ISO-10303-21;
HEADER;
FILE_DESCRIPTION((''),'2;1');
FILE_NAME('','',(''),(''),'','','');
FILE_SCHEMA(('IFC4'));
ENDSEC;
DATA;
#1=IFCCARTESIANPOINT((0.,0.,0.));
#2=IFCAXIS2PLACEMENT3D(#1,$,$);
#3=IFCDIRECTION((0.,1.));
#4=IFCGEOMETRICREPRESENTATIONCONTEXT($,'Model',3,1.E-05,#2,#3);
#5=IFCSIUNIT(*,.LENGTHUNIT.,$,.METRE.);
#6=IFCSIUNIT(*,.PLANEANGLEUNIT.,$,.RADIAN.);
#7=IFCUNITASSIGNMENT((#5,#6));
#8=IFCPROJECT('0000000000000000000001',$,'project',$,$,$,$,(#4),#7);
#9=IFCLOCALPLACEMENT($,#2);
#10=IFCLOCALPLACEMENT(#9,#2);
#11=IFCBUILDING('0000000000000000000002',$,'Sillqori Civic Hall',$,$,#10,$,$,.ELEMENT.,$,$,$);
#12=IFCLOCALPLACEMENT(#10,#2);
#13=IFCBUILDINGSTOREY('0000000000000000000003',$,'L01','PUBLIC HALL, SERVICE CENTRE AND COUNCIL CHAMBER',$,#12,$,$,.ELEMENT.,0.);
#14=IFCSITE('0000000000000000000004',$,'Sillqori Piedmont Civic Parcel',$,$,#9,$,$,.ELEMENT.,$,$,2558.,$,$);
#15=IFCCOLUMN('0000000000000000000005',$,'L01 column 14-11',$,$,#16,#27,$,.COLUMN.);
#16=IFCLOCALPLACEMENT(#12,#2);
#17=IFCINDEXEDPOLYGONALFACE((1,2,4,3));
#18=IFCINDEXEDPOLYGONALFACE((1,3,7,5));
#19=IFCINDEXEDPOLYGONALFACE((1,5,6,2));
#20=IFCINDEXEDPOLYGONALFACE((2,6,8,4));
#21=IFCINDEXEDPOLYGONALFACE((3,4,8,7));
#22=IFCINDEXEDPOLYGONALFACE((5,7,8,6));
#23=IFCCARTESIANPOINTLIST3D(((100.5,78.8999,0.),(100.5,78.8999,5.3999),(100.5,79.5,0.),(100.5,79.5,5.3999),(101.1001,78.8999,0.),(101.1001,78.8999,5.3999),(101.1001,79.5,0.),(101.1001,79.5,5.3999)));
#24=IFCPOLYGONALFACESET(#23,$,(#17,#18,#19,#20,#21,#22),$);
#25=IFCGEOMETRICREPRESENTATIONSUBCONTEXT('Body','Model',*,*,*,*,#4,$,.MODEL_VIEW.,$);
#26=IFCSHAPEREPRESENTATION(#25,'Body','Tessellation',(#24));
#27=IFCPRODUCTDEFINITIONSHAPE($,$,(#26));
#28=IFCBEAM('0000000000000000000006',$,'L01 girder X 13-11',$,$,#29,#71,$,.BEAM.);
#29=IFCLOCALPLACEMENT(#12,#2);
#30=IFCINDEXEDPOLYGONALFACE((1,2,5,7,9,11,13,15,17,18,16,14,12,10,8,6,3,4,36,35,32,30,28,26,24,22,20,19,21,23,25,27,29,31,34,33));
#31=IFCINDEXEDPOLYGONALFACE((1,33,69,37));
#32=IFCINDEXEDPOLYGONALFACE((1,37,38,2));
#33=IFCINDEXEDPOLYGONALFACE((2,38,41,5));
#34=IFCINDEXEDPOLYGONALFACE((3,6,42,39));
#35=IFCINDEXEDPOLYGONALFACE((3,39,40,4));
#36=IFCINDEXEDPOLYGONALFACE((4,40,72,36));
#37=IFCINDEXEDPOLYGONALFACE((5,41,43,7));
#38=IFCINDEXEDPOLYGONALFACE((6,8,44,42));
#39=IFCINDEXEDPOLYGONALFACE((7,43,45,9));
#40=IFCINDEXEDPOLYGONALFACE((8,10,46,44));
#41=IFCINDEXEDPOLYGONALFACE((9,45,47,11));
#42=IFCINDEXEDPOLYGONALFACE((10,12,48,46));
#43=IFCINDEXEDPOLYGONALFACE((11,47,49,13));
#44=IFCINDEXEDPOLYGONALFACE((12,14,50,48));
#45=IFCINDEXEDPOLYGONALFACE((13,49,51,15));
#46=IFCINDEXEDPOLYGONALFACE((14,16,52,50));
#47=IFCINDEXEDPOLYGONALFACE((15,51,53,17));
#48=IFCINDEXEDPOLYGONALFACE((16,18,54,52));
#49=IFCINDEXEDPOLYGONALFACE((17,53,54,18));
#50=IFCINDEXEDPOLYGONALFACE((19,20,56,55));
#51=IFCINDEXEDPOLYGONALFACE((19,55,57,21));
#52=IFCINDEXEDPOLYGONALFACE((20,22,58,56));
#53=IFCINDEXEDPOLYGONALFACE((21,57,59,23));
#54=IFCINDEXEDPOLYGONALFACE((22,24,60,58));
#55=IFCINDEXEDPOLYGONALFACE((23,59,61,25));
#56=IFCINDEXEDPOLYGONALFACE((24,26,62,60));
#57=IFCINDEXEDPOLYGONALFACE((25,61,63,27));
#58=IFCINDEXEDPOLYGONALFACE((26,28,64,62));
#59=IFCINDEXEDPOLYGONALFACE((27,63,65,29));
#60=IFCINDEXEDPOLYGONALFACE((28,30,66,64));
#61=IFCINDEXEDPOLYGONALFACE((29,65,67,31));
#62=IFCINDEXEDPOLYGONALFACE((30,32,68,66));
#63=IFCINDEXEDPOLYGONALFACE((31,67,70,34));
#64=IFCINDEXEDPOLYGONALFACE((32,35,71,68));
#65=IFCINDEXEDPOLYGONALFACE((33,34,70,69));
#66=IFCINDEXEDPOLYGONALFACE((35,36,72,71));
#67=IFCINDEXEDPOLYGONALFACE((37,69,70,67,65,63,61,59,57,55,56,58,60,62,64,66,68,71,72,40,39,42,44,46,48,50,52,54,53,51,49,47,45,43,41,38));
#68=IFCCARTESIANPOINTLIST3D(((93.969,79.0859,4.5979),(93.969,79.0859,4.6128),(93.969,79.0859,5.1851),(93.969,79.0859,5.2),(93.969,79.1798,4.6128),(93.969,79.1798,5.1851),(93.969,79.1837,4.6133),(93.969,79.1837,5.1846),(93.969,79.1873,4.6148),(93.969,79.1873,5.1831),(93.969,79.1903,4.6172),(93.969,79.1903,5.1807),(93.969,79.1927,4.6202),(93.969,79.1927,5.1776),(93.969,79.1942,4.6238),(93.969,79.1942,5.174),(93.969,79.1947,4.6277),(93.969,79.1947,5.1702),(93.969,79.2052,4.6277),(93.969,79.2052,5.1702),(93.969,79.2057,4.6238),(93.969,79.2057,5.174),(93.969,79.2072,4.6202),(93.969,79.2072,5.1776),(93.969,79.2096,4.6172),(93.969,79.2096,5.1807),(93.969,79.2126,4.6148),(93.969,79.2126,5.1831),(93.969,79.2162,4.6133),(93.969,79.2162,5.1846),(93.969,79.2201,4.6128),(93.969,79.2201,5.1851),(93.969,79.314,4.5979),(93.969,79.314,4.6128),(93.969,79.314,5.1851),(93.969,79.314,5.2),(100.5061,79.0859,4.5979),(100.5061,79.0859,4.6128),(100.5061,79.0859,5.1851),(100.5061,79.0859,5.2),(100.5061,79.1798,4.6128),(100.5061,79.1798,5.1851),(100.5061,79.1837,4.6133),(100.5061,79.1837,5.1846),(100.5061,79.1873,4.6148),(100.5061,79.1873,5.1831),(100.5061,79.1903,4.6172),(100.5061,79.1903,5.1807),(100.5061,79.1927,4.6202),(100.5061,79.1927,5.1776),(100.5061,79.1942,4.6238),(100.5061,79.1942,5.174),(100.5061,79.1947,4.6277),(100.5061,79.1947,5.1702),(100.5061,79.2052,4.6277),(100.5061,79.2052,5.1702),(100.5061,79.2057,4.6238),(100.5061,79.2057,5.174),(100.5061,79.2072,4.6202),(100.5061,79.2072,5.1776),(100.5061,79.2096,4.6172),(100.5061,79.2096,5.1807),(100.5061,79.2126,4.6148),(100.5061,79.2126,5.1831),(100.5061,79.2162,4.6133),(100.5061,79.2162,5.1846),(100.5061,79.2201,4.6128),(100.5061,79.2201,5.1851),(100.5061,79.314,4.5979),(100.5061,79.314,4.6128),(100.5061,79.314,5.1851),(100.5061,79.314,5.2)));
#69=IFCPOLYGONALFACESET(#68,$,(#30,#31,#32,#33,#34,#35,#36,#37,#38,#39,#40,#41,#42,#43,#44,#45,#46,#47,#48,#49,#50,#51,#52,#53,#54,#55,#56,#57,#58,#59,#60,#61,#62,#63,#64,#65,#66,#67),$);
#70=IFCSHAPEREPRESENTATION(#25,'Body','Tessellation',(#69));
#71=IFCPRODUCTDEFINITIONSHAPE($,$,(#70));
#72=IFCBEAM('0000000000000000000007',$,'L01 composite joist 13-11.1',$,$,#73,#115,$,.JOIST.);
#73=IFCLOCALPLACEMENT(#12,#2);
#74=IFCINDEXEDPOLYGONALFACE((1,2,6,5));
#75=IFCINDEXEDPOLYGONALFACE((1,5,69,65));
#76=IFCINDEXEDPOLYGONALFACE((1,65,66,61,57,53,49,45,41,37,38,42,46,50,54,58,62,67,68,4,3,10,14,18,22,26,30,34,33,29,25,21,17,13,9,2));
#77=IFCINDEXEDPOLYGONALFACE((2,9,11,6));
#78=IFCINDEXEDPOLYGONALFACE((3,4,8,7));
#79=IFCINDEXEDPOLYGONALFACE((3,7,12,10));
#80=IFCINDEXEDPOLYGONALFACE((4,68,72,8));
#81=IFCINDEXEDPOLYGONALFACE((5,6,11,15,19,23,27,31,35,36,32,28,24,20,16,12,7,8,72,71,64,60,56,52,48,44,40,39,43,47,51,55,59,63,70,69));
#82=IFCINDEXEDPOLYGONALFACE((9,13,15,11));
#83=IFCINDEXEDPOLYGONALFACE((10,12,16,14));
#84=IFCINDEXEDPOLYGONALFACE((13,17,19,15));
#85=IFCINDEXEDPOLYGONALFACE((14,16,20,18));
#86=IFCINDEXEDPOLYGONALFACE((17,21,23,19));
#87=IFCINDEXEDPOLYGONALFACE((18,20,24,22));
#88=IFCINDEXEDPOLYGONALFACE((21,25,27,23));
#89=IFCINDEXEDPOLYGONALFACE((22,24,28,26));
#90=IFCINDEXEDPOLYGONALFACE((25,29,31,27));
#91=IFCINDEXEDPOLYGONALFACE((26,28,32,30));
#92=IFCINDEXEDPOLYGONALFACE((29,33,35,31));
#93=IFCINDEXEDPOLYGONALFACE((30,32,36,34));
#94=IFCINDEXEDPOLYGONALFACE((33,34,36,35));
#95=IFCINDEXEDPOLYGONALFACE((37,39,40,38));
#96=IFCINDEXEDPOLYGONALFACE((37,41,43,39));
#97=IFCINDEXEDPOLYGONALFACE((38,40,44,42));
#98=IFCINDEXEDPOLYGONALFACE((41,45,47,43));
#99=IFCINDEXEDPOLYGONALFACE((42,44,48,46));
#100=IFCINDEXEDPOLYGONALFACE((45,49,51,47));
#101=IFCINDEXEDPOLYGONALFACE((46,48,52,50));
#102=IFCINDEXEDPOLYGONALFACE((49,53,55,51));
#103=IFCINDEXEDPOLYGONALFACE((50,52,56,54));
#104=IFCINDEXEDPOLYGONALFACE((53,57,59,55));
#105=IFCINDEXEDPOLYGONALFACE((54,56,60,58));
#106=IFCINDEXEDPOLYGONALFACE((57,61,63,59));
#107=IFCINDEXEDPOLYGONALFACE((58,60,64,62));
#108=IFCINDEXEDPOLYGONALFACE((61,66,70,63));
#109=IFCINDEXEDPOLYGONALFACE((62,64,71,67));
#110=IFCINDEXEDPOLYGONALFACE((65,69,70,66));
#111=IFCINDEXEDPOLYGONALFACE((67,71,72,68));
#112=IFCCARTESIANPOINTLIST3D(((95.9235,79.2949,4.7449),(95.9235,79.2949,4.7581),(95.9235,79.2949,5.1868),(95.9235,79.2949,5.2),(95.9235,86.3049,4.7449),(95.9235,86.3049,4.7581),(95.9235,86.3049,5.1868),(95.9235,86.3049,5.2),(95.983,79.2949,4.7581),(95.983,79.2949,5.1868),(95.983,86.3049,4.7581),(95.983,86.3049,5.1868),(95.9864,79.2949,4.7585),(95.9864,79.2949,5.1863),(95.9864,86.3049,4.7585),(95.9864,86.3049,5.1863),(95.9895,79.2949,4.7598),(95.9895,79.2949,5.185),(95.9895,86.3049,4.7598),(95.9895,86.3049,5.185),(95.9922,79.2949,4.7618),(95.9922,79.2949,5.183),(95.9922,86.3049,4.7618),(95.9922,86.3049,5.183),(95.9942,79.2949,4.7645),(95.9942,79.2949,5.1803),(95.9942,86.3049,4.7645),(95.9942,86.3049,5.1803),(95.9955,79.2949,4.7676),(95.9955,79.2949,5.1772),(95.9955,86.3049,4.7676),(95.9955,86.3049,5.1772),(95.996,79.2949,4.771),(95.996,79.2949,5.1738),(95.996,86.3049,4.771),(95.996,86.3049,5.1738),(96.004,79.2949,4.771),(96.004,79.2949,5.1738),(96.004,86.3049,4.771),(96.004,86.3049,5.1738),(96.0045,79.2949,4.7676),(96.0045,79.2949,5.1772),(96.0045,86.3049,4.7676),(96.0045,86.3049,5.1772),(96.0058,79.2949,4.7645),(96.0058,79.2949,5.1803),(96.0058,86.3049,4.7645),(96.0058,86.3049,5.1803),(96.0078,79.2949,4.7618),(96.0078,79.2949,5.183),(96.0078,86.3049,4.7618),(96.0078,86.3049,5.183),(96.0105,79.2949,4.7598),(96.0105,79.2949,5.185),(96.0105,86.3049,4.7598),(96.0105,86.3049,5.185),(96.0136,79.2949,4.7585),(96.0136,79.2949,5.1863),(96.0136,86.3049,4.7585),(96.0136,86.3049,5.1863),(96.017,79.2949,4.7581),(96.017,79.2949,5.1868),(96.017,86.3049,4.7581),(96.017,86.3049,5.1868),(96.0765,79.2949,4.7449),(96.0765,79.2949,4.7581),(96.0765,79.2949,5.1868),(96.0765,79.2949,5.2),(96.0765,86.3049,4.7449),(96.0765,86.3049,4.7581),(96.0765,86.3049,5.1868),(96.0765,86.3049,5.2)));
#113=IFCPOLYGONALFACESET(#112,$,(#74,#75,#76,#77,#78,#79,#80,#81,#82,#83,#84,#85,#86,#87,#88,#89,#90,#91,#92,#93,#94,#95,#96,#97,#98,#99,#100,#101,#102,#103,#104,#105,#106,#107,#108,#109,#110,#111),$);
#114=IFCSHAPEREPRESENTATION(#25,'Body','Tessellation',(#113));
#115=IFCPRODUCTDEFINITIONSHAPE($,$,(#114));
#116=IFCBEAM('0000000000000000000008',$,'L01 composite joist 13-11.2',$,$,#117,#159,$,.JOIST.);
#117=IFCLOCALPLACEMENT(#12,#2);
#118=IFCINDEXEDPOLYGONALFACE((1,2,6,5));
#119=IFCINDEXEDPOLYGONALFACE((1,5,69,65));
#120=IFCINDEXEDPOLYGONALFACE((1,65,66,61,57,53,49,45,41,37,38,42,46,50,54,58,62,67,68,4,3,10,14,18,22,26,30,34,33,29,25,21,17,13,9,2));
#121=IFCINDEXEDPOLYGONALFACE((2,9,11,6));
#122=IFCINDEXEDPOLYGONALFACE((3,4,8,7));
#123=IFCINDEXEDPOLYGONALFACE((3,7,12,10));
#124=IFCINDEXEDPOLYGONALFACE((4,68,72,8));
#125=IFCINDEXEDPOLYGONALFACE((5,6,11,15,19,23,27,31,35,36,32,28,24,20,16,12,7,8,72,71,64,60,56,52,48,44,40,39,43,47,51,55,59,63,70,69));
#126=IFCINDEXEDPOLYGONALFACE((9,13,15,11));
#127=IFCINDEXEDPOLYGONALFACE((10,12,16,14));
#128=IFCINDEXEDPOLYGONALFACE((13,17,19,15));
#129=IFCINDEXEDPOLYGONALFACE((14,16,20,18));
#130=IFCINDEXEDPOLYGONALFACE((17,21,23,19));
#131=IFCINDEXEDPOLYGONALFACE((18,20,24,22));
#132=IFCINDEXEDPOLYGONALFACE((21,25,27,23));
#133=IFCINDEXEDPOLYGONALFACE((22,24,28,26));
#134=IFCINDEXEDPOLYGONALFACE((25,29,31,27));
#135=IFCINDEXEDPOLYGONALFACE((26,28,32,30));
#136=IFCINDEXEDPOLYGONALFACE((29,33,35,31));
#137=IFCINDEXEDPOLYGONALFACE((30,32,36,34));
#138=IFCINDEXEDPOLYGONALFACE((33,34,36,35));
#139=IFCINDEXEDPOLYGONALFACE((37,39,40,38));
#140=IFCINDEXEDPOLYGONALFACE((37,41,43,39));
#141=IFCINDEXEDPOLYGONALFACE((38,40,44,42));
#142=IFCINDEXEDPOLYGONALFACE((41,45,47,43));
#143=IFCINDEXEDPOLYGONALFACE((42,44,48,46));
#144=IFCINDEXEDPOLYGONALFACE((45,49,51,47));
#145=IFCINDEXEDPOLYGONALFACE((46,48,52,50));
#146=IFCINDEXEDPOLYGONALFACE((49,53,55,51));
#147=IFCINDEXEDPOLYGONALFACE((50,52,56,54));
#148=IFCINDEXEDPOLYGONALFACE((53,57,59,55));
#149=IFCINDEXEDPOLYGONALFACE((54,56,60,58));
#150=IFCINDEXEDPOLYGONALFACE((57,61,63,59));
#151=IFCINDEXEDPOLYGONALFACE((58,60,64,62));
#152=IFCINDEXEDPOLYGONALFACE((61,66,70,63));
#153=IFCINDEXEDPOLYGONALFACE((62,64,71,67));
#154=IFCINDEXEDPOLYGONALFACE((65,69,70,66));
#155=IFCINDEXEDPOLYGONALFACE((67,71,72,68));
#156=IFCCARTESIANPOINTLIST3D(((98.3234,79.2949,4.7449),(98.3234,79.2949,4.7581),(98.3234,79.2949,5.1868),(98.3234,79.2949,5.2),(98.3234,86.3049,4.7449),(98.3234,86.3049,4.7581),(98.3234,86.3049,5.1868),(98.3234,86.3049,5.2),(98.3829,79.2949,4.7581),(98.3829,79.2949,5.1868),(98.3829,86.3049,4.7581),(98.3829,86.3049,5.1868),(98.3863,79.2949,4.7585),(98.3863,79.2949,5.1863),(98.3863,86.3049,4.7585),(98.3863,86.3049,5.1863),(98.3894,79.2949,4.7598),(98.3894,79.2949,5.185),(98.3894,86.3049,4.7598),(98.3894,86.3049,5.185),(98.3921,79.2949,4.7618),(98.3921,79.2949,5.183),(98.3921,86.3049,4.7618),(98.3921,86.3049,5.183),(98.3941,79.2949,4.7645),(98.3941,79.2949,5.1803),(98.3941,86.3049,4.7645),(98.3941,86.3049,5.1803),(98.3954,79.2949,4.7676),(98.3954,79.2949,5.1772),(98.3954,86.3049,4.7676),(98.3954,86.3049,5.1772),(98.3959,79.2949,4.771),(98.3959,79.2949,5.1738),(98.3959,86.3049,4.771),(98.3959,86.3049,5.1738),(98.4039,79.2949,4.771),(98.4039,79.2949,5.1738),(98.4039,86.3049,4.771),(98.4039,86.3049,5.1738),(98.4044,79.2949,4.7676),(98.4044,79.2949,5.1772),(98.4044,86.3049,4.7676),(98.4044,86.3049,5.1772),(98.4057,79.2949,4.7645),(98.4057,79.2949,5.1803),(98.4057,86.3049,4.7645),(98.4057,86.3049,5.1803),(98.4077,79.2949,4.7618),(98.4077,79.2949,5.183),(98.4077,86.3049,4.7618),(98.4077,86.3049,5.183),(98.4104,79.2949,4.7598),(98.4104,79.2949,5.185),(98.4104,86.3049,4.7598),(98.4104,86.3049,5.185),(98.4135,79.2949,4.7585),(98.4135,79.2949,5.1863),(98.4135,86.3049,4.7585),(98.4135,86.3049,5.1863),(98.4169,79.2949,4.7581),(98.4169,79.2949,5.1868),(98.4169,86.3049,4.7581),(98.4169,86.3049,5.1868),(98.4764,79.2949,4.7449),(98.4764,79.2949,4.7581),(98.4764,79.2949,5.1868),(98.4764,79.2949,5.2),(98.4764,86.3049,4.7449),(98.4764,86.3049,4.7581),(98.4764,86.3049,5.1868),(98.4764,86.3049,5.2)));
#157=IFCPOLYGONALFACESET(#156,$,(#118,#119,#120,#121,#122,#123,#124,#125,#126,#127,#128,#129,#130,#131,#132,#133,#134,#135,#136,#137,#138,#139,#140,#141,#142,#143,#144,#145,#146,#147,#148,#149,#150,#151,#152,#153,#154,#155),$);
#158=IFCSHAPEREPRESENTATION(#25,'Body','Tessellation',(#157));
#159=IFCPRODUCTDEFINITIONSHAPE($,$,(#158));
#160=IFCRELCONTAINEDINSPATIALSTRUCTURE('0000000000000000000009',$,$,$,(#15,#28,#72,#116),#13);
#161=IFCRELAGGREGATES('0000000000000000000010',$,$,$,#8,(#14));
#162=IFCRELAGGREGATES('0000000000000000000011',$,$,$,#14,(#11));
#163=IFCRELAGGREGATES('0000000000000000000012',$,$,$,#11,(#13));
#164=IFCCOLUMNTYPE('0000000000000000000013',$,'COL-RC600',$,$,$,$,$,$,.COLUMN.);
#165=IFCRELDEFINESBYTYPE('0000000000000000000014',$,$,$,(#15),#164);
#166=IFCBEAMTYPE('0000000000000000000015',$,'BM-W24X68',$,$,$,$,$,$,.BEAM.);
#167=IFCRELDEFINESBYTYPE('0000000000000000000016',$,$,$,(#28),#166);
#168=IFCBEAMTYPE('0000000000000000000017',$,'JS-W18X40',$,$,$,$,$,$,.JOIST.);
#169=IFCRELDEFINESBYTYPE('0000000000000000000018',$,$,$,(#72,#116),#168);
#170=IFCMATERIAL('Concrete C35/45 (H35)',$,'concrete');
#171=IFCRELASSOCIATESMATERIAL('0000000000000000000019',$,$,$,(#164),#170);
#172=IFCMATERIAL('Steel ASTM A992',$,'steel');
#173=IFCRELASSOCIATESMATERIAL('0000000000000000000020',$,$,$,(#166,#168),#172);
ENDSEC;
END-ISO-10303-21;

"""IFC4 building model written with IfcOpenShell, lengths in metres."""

from ifc_helpers import new_model, si_unit, direction, frame, origin, origin_2d, place, context, subcontext, project, spatial, rectangle, i_section, extrude, material, material_profile, profile_set, type_object, element, save


model = new_model("IFC4")

# Units and contexts
model_context = context("Model", 3, precision=1e-05, world=origin(), true_north=direction((0.0, 1.0)))
body_context = subcontext(model_context, "Body", "Model", "MODEL_VIEW")
ifc_project = project(units=[si_unit("LENGTHUNIT", "METRE"), si_unit("PLANEANGLEUNIT", "RADIAN")], contexts=[model_context])

# Site, building, storey
site_placement = place(None, origin())
site = spatial("IfcSite", under=ifc_project, at=site_placement, Name="Sillqori Piedmont Civic Parcel", CompositionType="ELEMENT", RefElevation=2558.0)
building_placement = place(site_placement, origin())
building = spatial("IfcBuilding", under=site, at=building_placement, Name="Sillqori Civic Hall", CompositionType="ELEMENT")
storey_placement = place(building_placement, origin())
storey = spatial("IfcBuildingStorey", under=building, at=storey_placement, Name="L01", Description="PUBLIC HALL, SERVICE CENTRE AND COUNCIL CHAMBER", CompositionType="ELEMENT", Elevation=0.0)

# Column
ifc_material_1 = material(Name="Concrete C35/45 (H35)", Category="concrete")
ifc_material_profile_1 = material_profile(ifc_material_1, rectangle(XDim=0.6001, YDim=0.6001, at=origin_2d()), Name="RC 600x600")
ifc_profile_set_1 = profile_set([ifc_material_profile_1], Name="Concrete C35/45 (H35)")
column_type = type_object("IfcColumnType", Name="COL-RC600", PredefinedType="COLUMN", material=ifc_profile_set_1)
column_placement = place(storey_placement, frame((100.8, 79.2, 0.0), z_axis=(0.0, 0.0, 1.0), x_axis=(1.0, 0.0, 0.0)))
element("IfcColumn", 1, at=column_placement, inside=storey, type_object=column_type, Name="L01 column 14-11", PredefinedType="COLUMN", context=body_context, shape_type="SweptSolid", body=[
    extrude(rectangle(XDim=0.6001, YDim=0.6001, at=origin_2d()), origin(), (0.0, 0.0, 1.0), 5.3999),
])

# Beam
ifc_material_2 = material(Name="Steel ASTM A992", Category="steel")
ifc_material_profile_2 = material_profile(ifc_material_2, i_section(OverallWidth=0.228, OverallDepth=0.6021, WebThickness=0.0105, FlangeThickness=0.0149, FilletRadius=0.0149, at=origin_2d()), Name="W24X68")
ifc_profile_set_2 = profile_set([ifc_material_profile_2], Name="Steel ASTM A992")
beam_type_1 = type_object("IfcBeamType", Name="BM-W24X68", PredefinedType="BEAM", material=ifc_profile_set_2)
beam_placement = place(storey_placement, frame((93.969, 79.2, 4.8989), z_axis=(1.0, 0.0, 0.0), x_axis=(0.0, 1.0, 0.0)))
element("IfcBeam", 2, at=beam_placement, inside=storey, type_object=beam_type_1, Name="L01 girder X 13-11", PredefinedType="BEAM", context=body_context, shape_type="SweptSolid", body=[
    extrude(i_section(OverallWidth=0.228, OverallDepth=0.6021, WebThickness=0.0105, FlangeThickness=0.0149, FilletRadius=0.0149, at=origin_2d()), origin(), (0.0, 0.0, 1.0), 6.5371),
])

# Beams
ifc_material_profile_3 = material_profile(ifc_material_2, i_section(OverallWidth=0.1531, OverallDepth=0.4551, WebThickness=0.0081, FlangeThickness=0.0132, FilletRadius=0.0129, at=origin_2d()), Name="W18X40")
ifc_profile_set_3 = profile_set([ifc_material_profile_3], Name="Steel ASTM A992")
beam_type_2 = type_object("IfcBeamType", Name="JS-W18X40", PredefinedType="JOIST", material=ifc_profile_set_3)
for number, where, z_axis, x_axis, name in (
    (3, (96.0, 79.2949, 4.9724), (0.0, 1.0, 0.0), (-1.0, 0.0, 0.0), "L01 composite joist 13-11.1"),
    (4, (98.3999, 79.2949, 4.9724), (0.0, 1.0, 0.0), (-1.0, 0.0, 0.0), "L01 composite joist 13-11.2"),
):
    element("IfcBeam", number, at=place(storey_placement, frame(where, z_axis=z_axis, x_axis=x_axis)), inside=storey, type_object=beam_type_2, Name=name, PredefinedType="JOIST", context=body_context, shape_type="SweptSolid", body=[
        extrude(i_section(OverallWidth=0.1531, OverallDepth=0.4551, WebThickness=0.0081, FlangeThickness=0.0132, FilletRadius=0.0129, at=origin_2d()), origin(), (0.0, 0.0, 1.0), 7.01),
    ])

save(model, "model.ifc")
